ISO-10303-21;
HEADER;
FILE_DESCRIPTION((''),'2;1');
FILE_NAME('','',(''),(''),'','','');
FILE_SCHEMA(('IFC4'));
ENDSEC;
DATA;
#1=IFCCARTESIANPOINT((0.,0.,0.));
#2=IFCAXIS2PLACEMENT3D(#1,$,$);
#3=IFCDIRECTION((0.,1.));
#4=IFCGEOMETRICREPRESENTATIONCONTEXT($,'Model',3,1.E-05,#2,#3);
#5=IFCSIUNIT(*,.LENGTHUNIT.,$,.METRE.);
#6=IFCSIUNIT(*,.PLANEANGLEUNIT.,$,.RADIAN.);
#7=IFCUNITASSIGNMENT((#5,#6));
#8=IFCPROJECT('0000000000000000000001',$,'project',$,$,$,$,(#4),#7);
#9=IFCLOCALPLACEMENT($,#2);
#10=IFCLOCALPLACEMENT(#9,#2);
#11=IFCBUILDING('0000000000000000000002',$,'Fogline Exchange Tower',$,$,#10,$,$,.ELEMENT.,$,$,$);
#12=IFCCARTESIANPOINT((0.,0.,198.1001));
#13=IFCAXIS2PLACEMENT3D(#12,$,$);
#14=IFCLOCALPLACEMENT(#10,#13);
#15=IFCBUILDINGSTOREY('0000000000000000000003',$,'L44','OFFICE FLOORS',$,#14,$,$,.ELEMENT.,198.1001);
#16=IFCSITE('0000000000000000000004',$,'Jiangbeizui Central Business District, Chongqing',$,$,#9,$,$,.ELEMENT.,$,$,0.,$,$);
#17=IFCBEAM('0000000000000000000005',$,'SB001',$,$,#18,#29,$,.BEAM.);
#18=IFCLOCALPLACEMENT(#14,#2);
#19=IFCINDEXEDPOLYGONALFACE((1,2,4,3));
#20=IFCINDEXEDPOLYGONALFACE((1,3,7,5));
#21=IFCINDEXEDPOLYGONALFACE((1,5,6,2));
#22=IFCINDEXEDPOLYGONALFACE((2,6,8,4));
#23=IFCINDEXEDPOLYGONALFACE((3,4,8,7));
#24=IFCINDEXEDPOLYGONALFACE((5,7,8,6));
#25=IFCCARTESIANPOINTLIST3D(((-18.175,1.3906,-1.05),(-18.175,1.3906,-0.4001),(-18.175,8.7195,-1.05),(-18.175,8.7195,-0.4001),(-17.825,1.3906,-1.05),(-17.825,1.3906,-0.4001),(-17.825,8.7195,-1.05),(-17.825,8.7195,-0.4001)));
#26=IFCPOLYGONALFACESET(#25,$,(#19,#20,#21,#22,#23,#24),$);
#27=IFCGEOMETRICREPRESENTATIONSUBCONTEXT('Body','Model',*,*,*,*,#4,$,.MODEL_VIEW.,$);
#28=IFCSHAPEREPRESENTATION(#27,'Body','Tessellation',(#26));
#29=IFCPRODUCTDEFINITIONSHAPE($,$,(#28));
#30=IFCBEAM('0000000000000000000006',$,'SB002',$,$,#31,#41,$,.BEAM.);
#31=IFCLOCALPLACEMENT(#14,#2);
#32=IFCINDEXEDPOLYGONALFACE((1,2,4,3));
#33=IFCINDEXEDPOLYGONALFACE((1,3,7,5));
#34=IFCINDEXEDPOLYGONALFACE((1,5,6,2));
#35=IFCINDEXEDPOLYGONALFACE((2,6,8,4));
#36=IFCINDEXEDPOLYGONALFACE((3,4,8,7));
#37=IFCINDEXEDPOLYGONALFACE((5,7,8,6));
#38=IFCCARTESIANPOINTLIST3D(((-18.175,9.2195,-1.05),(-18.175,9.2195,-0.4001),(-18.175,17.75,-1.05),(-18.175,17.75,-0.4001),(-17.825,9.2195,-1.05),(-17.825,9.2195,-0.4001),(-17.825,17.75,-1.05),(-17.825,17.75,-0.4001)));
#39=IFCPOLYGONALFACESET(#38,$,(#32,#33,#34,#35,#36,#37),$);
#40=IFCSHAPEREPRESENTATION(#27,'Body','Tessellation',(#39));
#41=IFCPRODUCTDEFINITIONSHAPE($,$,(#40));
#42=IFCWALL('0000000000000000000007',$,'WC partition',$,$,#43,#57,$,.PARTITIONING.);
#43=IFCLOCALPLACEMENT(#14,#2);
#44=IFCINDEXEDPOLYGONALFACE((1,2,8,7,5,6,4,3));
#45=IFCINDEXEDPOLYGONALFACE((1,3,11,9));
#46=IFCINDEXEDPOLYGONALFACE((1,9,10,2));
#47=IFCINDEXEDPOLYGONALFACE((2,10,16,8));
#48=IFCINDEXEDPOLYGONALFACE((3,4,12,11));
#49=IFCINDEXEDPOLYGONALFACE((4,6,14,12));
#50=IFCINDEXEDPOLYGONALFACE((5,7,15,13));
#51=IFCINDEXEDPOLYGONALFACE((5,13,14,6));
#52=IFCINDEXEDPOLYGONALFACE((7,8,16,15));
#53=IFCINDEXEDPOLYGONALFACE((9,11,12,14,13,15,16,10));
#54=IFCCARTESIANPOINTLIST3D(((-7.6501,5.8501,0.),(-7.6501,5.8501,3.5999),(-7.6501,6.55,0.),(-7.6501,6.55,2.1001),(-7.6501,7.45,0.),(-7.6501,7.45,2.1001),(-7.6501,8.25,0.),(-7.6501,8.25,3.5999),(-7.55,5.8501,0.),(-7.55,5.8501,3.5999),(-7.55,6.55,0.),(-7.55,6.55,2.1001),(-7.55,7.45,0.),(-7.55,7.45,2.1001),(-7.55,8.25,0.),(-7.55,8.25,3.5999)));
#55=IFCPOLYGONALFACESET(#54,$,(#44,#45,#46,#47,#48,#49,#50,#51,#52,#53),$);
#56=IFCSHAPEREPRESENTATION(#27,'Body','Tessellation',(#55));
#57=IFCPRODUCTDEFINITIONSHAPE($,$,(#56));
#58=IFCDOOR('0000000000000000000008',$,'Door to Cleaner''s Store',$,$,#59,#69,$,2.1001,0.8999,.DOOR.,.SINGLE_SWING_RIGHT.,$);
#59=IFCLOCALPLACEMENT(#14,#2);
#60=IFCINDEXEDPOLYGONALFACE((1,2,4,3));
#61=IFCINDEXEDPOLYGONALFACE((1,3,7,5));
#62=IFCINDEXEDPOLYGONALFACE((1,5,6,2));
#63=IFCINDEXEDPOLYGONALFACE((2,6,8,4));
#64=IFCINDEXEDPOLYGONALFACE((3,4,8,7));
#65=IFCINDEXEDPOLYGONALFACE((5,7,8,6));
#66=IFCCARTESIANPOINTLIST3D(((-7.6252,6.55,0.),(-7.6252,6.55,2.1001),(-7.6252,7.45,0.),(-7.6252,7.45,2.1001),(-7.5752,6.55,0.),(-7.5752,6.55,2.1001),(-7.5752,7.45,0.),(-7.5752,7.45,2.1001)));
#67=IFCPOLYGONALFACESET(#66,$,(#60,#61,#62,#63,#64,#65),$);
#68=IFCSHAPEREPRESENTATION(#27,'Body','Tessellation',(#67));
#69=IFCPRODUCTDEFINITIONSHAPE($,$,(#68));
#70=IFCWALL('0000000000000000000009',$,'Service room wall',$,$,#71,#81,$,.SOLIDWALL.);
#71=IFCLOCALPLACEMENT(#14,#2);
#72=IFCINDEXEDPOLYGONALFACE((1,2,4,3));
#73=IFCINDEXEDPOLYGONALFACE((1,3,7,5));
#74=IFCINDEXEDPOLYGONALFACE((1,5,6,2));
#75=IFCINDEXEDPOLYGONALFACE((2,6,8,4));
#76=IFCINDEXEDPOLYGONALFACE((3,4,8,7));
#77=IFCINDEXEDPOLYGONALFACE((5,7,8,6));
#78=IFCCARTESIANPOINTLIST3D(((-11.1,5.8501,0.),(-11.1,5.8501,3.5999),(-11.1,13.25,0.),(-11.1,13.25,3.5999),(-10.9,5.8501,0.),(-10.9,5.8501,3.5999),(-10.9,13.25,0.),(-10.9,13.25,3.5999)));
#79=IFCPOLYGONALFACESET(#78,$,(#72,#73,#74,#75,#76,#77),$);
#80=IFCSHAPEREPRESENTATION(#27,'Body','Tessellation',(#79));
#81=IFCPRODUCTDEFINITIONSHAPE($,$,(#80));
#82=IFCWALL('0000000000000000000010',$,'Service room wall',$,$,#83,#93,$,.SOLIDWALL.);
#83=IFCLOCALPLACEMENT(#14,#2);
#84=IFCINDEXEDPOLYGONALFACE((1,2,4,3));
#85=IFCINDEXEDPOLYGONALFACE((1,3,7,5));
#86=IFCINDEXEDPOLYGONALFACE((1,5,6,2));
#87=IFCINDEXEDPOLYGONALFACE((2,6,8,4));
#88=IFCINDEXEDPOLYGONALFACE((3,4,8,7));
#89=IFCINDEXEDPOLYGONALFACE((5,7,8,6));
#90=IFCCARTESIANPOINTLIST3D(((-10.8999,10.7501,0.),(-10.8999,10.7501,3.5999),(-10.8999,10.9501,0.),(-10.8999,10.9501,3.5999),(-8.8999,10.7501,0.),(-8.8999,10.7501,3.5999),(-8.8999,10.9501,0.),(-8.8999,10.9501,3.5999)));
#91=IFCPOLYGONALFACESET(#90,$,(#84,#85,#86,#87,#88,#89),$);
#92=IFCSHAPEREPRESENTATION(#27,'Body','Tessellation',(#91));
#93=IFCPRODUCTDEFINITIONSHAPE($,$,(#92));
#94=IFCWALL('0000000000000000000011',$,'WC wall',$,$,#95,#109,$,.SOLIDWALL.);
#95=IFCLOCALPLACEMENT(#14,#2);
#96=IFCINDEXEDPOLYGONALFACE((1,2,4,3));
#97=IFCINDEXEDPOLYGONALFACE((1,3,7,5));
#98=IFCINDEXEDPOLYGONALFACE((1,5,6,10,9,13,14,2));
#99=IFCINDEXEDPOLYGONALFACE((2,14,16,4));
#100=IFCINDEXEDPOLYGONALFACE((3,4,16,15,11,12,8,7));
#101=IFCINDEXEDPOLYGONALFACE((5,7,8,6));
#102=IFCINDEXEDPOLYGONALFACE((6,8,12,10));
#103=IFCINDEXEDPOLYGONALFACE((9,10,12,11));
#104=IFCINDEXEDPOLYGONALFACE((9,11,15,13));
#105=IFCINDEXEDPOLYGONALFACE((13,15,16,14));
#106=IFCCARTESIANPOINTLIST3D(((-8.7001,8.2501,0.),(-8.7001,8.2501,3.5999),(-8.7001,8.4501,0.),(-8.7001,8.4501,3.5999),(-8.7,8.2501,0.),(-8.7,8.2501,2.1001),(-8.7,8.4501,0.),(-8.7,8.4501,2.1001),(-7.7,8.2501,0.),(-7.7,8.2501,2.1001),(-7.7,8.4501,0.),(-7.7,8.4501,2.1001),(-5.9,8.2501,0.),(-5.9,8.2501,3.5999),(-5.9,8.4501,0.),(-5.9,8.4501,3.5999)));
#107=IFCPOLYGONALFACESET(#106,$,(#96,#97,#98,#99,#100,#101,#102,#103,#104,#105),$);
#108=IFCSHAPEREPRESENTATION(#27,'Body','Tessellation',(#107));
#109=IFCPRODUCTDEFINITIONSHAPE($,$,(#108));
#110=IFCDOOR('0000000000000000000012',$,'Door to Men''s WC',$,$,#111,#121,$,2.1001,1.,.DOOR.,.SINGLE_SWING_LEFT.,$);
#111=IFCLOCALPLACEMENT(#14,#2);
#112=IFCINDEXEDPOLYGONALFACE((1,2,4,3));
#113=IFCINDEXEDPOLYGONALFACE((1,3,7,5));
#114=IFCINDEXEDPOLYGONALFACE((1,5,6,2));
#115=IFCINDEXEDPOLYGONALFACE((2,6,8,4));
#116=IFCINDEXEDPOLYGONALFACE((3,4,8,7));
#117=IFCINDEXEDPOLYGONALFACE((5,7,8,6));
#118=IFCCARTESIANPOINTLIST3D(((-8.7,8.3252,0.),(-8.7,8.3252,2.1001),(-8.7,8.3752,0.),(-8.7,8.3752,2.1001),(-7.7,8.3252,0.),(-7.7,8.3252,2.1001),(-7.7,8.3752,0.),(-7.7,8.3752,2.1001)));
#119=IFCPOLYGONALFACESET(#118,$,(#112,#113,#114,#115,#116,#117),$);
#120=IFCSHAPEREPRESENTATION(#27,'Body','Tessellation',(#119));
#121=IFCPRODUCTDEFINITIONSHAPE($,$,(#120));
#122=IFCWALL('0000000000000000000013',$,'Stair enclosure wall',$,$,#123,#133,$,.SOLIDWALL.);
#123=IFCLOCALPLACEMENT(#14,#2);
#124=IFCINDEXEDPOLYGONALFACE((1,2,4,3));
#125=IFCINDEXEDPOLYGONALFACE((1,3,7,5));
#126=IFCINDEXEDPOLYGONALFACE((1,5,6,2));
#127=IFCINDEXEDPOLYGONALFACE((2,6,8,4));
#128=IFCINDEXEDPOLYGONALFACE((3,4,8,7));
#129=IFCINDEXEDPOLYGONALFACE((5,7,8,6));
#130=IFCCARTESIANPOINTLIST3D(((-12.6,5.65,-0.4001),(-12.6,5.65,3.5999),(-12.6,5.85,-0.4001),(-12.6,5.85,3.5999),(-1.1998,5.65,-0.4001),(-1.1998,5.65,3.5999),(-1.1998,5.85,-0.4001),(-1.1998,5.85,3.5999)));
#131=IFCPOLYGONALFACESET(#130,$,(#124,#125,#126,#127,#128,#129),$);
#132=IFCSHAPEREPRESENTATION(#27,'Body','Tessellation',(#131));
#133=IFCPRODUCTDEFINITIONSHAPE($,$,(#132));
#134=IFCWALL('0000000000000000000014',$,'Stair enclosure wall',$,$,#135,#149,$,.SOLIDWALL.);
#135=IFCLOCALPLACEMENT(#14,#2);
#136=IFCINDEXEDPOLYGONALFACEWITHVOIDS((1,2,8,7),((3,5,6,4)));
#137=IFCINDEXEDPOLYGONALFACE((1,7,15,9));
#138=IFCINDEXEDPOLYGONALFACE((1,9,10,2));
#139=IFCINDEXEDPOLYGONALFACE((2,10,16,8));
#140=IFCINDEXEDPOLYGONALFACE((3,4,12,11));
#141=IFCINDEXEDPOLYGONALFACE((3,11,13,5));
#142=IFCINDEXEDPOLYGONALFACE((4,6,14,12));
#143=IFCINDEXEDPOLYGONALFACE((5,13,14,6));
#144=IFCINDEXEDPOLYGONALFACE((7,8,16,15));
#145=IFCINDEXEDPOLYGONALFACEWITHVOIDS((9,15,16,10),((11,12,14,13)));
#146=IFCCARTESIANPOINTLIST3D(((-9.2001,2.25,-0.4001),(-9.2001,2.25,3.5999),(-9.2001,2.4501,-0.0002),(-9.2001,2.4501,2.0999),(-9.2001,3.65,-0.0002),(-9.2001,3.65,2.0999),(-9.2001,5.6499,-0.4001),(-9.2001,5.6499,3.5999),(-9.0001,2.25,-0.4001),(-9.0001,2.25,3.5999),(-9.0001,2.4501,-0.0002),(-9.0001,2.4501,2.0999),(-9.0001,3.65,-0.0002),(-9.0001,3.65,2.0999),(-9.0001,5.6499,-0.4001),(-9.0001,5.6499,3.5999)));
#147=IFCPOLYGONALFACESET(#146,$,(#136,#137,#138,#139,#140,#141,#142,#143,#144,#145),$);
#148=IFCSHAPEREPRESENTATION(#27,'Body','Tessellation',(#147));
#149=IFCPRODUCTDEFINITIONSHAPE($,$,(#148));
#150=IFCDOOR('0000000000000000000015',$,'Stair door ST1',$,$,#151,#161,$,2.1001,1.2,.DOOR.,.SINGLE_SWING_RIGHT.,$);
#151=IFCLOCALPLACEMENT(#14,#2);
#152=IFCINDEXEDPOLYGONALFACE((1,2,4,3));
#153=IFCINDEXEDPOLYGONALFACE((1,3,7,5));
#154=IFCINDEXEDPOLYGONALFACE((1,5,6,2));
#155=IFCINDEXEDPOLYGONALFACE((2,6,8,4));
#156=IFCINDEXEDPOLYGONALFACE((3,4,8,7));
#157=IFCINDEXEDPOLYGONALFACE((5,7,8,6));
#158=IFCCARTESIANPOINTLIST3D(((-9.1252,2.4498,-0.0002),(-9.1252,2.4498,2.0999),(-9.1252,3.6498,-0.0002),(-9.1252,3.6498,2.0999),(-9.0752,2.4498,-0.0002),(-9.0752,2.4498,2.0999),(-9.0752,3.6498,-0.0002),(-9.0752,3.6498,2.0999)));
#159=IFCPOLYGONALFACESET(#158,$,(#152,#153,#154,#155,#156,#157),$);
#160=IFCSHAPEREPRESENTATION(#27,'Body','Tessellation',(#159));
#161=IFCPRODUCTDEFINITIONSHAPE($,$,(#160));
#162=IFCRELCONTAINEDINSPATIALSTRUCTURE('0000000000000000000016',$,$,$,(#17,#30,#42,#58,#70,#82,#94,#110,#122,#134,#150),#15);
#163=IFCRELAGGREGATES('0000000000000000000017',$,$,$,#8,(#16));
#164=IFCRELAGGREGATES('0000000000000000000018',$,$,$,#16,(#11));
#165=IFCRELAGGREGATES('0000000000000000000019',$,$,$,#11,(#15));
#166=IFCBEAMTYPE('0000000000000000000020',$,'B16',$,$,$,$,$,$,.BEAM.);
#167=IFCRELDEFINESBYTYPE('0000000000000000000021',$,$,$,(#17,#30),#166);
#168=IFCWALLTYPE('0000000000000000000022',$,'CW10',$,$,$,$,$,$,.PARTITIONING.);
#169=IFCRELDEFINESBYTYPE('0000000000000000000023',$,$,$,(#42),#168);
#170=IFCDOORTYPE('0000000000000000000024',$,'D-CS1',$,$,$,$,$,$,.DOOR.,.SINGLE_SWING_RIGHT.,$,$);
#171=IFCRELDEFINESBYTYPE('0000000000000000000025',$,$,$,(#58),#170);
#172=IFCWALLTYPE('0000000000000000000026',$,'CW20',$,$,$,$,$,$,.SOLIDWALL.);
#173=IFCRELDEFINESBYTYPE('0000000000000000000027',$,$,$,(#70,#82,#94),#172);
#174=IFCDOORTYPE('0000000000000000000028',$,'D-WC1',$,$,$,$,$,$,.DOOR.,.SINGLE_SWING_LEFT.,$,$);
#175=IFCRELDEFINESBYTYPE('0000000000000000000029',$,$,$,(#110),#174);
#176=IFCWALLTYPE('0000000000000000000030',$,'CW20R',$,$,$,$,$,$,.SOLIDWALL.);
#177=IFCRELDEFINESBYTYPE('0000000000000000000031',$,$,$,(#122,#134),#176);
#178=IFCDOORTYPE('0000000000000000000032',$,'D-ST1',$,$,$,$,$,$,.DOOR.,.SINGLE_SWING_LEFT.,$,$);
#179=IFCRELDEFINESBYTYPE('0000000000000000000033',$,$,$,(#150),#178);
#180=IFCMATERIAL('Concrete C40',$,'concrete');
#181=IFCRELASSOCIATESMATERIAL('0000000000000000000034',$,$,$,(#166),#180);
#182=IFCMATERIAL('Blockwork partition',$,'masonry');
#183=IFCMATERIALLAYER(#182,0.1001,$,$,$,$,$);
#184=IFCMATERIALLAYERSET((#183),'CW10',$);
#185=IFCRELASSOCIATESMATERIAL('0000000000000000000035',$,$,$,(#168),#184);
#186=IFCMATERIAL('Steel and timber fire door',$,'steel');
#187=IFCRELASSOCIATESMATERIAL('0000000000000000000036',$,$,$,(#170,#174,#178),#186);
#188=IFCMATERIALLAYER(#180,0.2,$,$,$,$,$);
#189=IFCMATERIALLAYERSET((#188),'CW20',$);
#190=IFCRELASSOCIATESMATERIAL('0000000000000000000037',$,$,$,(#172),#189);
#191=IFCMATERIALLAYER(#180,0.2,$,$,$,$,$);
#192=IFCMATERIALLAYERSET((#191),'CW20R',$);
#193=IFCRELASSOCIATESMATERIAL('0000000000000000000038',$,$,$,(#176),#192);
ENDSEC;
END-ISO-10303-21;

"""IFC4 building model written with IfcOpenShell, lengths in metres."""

from ifc_helpers import new_model, si_unit, direction, frame, frame_2d, origin, origin_2d, place, context, subcontext, project, spatial, rectangle, extrude, material, layer, layer_set, material_profile, profile_set, type_object, element, fill, save


model = new_model("IFC4")

# Units and contexts
model_context = context("Model", 3, precision=1e-05, world=origin(), true_north=direction((0.0, 1.0)))
body_context = subcontext(model_context, "Body", "Model", "MODEL_VIEW")
ifc_project = project(units=[si_unit("LENGTHUNIT", "METRE"), si_unit("PLANEANGLEUNIT", "RADIAN")], contexts=[model_context])

# Site, building, storey
site_placement = place(None, origin())
site = spatial("IfcSite", under=ifc_project, at=site_placement, Name="Jiangbeizui Central Business District, Chongqing", CompositionType="ELEMENT", RefElevation=0.0)
building_placement = place(site_placement, origin())
building = spatial("IfcBuilding", under=site, at=building_placement, Name="Fogline Exchange Tower", CompositionType="ELEMENT")
storey_placement = place(building_placement, frame((0.0, 0.0, 198.1001)))
storey = spatial("IfcBuildingStorey", under=building, at=storey_placement, Name="L44", Description="OFFICE FLOORS", CompositionType="ELEMENT", Elevation=198.1001)

# Beams
ifc_material_1 = material(Name="Concrete C40", Category="concrete")
ifc_material_profile = material_profile(ifc_material_1, rectangle(XDim=0.3501, YDim=0.6499, at=origin_2d()), Name="RC 350x650")
ifc_profile_set = profile_set([ifc_material_profile], Name="Concrete C40")
beam_type = type_object("IfcBeamType", Name="B16", PredefinedType="BEAM", material=ifc_profile_set)
beam_1_placement = place(storey_placement, frame((-18.0, 1.3906, -0.7251), z_axis=(0.0, 1.0, 0.0), x_axis=(-1.0, 0.0, 0.0)))
element("IfcBeam", 1, at=beam_1_placement, inside=storey, type_object=beam_type, Name="SB001", PredefinedType="BEAM", context=body_context, shape_type="SweptSolid", body=[
    extrude(rectangle(XDim=0.3501, YDim=0.6499, at=origin_2d()), origin(), (0.0, 0.0, 1.0), 7.3289),
])
beam_2_placement = place(storey_placement, frame((-18.0, 9.2195, -0.7251), z_axis=(0.0, 1.0, 0.0), x_axis=(-1.0, 0.0, 0.0)))
element("IfcBeam", 2, at=beam_2_placement, inside=storey, type_object=beam_type, Name="SB002", PredefinedType="BEAM", context=body_context, shape_type="SweptSolid", body=[
    extrude(rectangle(XDim=0.3501, YDim=0.6499, at=origin_2d()), origin(), (0.0, 0.0, 1.0), 8.5305),
])

# Wall, opening, door
ifc_material_2 = material(Name="Blockwork partition", Category="masonry")
ifc_layer_1 = layer(ifc_material_2, 0.1001)
ifc_layer_set_1 = layer_set([ifc_layer_1], Name="CW10")
wall_type_1 = type_object("IfcWallType", Name="CW10", PredefinedType="PARTITIONING", material=ifc_layer_set_1)
wall_1_placement = place(storey_placement, frame((-7.6001, 5.8501, 0.0), z_axis=(0.0, 0.0, 1.0), x_axis=(0.0, 1.0, 0.0)))
wall_1 = element("IfcWall", 3, at=wall_1_placement, inside=storey, type_object=wall_type_1, Name="WC partition", PredefinedType="PARTITIONING", context=body_context, shape_type="SweptSolid", body=[
    extrude(rectangle(XDim=2.3999, YDim=0.1001, at=frame_2d((1.2, 0.0))), origin(), (0.0, 0.0, 1.0), 3.5999),
])
opening_1_placement = place(wall_1_placement, frame((0.7, 0.0, 0.0)))
opening_1 = element("IfcOpeningElement", 4, at=opening_1_placement, cuts=wall_1, PredefinedType="OPENING", context=body_context, shape_type="SweptSolid", body=[
    extrude(rectangle(XDim=0.8999, YDim=2.1001, at=frame_2d((0.45, 1.05))), frame((0.0, 0.0601, 0.0), z_axis=(0.0, -1.0, 0.0), x_axis=(1.0, 0.0, 0.0)), (0.0, 0.0, 1.0), 0.1201),
])
ifc_material_3 = material(Name="Steel and timber fire door", Category="steel")
door_type_1 = type_object("IfcDoorType", Name="D-CS1", OperationType="SINGLE_SWING_RIGHT", PredefinedType="DOOR", material=ifc_material_3)
door_1_placement = place(opening_1_placement, frame((0.8999, 0.0, 0.0), z_axis=(0.0, 0.0, 1.0), x_axis=(-1.0, 0.0, 0.0)))
door_1 = element("IfcDoor", 5, at=door_1_placement, inside=storey, type_object=door_type_1, Name="Door to Cleaner's Store", OperationType="SINGLE_SWING_RIGHT", OverallHeight=2.1001, OverallWidth=0.8999, PredefinedType="DOOR", context=body_context, shape_type="SweptSolid", body=[
    extrude(rectangle(XDim=0.8999, YDim=2.1001, at=frame_2d((0.45, 1.05))), frame((0.0, 0.0249, 0.0), z_axis=(0.0, -1.0, 0.0), x_axis=(1.0, 0.0, 0.0)), (0.0, 0.0, 1.0), 0.05),
])
fill(opening_1, door_1)

# Walls
ifc_layer_2 = layer(ifc_material_1, 0.2)
ifc_layer_set_2 = layer_set([ifc_layer_2], Name="CW20")
wall_type_2 = type_object("IfcWallType", Name="CW20", PredefinedType="SOLIDWALL", material=ifc_layer_set_2)
wall_2_placement = place(storey_placement, frame((-11.0, 5.8501, 0.0), z_axis=(0.0, 0.0, 1.0), x_axis=(0.0, 1.0, 0.0)))
element("IfcWall", 6, at=wall_2_placement, inside=storey, type_object=wall_type_2, Name="Service room wall", PredefinedType="SOLIDWALL", context=body_context, shape_type="SweptSolid", body=[
    extrude(rectangle(XDim=7.3999, YDim=0.2, at=frame_2d((3.7, 0.0))), origin(), (0.0, 0.0, 1.0), 3.5999),
])
wall_3_placement = place(storey_placement, frame((-10.8999, 10.8501, 0.0), z_axis=(0.0, 0.0, 1.0), x_axis=(1.0, 0.0, 0.0)))
element("IfcWall", 7, at=wall_3_placement, inside=storey, type_object=wall_type_2, Name="Service room wall", PredefinedType="SOLIDWALL", context=body_context, shape_type="SweptSolid", body=[
    extrude(rectangle(XDim=2.0, YDim=0.2, at=frame_2d((1.0, 0.0))), origin(), (0.0, 0.0, 1.0), 3.5999),
])

# Wall, opening, door
wall_4_placement = place(storey_placement, frame((-8.7, 8.3501, 0.0), z_axis=(0.0, 0.0, 1.0), x_axis=(1.0, 0.0, 0.0)))
wall_4 = element("IfcWall", 8, at=wall_4_placement, inside=storey, type_object=wall_type_2, Name="WC wall", PredefinedType="SOLIDWALL", context=body_context, shape_type="SweptSolid", body=[
    extrude(rectangle(XDim=2.8, YDim=0.2, at=frame_2d((1.3999, 0.0))), origin(), (0.0, 0.0, 1.0), 3.5999),
])
opening_2_placement = place(wall_4_placement, origin())
opening_2 = element("IfcOpeningElement", 9, at=opening_2_placement, cuts=wall_4, PredefinedType="OPENING", context=body_context, shape_type="SweptSolid", body=[
    extrude(rectangle(XDim=1.0, YDim=2.1001, at=frame_2d((0.5, 1.05))), frame((0.0, 0.1099, 0.0), z_axis=(0.0, -1.0, 0.0), x_axis=(1.0, 0.0, 0.0)), (0.0, 0.0, 1.0), 0.22),
])
door_type_2 = type_object("IfcDoorType", Name="D-WC1", OperationType="SINGLE_SWING_LEFT", PredefinedType="DOOR", material=ifc_material_3)
door_2_placement = place(opening_2_placement, frame((1.0, 0.0, 0.0), z_axis=(0.0, 0.0, 1.0), x_axis=(-1.0, 0.0, 0.0)))
door_2 = element("IfcDoor", 10, at=door_2_placement, inside=storey, type_object=door_type_2, Name="Door to Men's WC", OperationType="SINGLE_SWING_LEFT", OverallHeight=2.1001, OverallWidth=1.0, PredefinedType="DOOR", context=body_context, shape_type="SweptSolid", body=[
    extrude(rectangle(XDim=1.0, YDim=2.1001, at=frame_2d((0.5, 1.05))), frame((0.0, 0.0249, 0.0), z_axis=(0.0, -1.0, 0.0), x_axis=(1.0, 0.0, 0.0)), (0.0, 0.0, 1.0), 0.05),
])
fill(opening_2, door_2)

# Wall
ifc_layer_3 = layer(ifc_material_1, 0.2)
ifc_layer_set_3 = layer_set([ifc_layer_3], Name="CW20R")
wall_type_3 = type_object("IfcWallType", Name="CW20R", PredefinedType="SOLIDWALL", material=ifc_layer_set_3)
wall_5_placement = place(storey_placement, frame((-12.6001, 5.75, -0.4001), z_axis=(0.0, 0.0, 1.0), x_axis=(1.0, 0.0, 0.0)))
element("IfcWall", 11, at=wall_5_placement, inside=storey, type_object=wall_type_3, Name="Stair enclosure wall", PredefinedType="SOLIDWALL", context=body_context, shape_type="SweptSolid", body=[
    extrude(rectangle(XDim=11.4001, YDim=0.2, at=frame_2d((5.7002, 0.0))), origin(), (0.0, 0.0, 1.0), 4.0),
])

# Wall, opening, door
wall_6_placement = place(storey_placement, frame((-9.1001, 2.25, -0.4001), z_axis=(0.0, 0.0, 1.0), x_axis=(0.0, 1.0, 0.0)))
wall_6 = element("IfcWall", 12, at=wall_6_placement, inside=storey, type_object=wall_type_3, Name="Stair enclosure wall", PredefinedType="SOLIDWALL", context=body_context, shape_type="SweptSolid", body=[
    extrude(rectangle(XDim=3.3999, YDim=0.2, at=frame_2d((1.7, 0.0))), origin(), (0.0, 0.0, 1.0), 4.0),
])
opening_3_placement = place(wall_6_placement, frame((0.2, 0.0, 0.3999)))
opening_3 = element("IfcOpeningElement", 13, at=opening_3_placement, cuts=wall_6, PredefinedType="OPENING", context=body_context, shape_type="SweptSolid", body=[
    extrude(rectangle(XDim=1.2, YDim=2.1001, at=frame_2d((0.6001, 1.05))), frame((0.0, 0.1099, 0.0), z_axis=(0.0, -1.0, 0.0), x_axis=(1.0, 0.0, 0.0)), (0.0, 0.0, 1.0), 0.22),
])
door_type_3 = type_object("IfcDoorType", Name="D-ST1", OperationType="SINGLE_SWING_LEFT", PredefinedType="DOOR", material=ifc_material_3)
door_3_placement = place(opening_3_placement, frame((1.2, 0.0, 0.0), z_axis=(0.0, 0.0, 1.0), x_axis=(-1.0, 0.0, 0.0)))
door_3 = element("IfcDoor", 14, at=door_3_placement, inside=storey, type_object=door_type_3, Name="Stair door ST1", OperationType="SINGLE_SWING_RIGHT", OverallHeight=2.1001, OverallWidth=1.2, PredefinedType="DOOR", context=body_context, shape_type="SweptSolid", body=[
    extrude(rectangle(XDim=1.2, YDim=2.1001, at=frame_2d((0.6001, 1.05))), frame((0.0, 0.0249, 0.0), z_axis=(0.0, -1.0, 0.0), x_axis=(1.0, 0.0, 0.0)), (0.0, 0.0, 1.0), 0.05),
])
fill(opening_3, door_3)

save(model, "model.ifc")
